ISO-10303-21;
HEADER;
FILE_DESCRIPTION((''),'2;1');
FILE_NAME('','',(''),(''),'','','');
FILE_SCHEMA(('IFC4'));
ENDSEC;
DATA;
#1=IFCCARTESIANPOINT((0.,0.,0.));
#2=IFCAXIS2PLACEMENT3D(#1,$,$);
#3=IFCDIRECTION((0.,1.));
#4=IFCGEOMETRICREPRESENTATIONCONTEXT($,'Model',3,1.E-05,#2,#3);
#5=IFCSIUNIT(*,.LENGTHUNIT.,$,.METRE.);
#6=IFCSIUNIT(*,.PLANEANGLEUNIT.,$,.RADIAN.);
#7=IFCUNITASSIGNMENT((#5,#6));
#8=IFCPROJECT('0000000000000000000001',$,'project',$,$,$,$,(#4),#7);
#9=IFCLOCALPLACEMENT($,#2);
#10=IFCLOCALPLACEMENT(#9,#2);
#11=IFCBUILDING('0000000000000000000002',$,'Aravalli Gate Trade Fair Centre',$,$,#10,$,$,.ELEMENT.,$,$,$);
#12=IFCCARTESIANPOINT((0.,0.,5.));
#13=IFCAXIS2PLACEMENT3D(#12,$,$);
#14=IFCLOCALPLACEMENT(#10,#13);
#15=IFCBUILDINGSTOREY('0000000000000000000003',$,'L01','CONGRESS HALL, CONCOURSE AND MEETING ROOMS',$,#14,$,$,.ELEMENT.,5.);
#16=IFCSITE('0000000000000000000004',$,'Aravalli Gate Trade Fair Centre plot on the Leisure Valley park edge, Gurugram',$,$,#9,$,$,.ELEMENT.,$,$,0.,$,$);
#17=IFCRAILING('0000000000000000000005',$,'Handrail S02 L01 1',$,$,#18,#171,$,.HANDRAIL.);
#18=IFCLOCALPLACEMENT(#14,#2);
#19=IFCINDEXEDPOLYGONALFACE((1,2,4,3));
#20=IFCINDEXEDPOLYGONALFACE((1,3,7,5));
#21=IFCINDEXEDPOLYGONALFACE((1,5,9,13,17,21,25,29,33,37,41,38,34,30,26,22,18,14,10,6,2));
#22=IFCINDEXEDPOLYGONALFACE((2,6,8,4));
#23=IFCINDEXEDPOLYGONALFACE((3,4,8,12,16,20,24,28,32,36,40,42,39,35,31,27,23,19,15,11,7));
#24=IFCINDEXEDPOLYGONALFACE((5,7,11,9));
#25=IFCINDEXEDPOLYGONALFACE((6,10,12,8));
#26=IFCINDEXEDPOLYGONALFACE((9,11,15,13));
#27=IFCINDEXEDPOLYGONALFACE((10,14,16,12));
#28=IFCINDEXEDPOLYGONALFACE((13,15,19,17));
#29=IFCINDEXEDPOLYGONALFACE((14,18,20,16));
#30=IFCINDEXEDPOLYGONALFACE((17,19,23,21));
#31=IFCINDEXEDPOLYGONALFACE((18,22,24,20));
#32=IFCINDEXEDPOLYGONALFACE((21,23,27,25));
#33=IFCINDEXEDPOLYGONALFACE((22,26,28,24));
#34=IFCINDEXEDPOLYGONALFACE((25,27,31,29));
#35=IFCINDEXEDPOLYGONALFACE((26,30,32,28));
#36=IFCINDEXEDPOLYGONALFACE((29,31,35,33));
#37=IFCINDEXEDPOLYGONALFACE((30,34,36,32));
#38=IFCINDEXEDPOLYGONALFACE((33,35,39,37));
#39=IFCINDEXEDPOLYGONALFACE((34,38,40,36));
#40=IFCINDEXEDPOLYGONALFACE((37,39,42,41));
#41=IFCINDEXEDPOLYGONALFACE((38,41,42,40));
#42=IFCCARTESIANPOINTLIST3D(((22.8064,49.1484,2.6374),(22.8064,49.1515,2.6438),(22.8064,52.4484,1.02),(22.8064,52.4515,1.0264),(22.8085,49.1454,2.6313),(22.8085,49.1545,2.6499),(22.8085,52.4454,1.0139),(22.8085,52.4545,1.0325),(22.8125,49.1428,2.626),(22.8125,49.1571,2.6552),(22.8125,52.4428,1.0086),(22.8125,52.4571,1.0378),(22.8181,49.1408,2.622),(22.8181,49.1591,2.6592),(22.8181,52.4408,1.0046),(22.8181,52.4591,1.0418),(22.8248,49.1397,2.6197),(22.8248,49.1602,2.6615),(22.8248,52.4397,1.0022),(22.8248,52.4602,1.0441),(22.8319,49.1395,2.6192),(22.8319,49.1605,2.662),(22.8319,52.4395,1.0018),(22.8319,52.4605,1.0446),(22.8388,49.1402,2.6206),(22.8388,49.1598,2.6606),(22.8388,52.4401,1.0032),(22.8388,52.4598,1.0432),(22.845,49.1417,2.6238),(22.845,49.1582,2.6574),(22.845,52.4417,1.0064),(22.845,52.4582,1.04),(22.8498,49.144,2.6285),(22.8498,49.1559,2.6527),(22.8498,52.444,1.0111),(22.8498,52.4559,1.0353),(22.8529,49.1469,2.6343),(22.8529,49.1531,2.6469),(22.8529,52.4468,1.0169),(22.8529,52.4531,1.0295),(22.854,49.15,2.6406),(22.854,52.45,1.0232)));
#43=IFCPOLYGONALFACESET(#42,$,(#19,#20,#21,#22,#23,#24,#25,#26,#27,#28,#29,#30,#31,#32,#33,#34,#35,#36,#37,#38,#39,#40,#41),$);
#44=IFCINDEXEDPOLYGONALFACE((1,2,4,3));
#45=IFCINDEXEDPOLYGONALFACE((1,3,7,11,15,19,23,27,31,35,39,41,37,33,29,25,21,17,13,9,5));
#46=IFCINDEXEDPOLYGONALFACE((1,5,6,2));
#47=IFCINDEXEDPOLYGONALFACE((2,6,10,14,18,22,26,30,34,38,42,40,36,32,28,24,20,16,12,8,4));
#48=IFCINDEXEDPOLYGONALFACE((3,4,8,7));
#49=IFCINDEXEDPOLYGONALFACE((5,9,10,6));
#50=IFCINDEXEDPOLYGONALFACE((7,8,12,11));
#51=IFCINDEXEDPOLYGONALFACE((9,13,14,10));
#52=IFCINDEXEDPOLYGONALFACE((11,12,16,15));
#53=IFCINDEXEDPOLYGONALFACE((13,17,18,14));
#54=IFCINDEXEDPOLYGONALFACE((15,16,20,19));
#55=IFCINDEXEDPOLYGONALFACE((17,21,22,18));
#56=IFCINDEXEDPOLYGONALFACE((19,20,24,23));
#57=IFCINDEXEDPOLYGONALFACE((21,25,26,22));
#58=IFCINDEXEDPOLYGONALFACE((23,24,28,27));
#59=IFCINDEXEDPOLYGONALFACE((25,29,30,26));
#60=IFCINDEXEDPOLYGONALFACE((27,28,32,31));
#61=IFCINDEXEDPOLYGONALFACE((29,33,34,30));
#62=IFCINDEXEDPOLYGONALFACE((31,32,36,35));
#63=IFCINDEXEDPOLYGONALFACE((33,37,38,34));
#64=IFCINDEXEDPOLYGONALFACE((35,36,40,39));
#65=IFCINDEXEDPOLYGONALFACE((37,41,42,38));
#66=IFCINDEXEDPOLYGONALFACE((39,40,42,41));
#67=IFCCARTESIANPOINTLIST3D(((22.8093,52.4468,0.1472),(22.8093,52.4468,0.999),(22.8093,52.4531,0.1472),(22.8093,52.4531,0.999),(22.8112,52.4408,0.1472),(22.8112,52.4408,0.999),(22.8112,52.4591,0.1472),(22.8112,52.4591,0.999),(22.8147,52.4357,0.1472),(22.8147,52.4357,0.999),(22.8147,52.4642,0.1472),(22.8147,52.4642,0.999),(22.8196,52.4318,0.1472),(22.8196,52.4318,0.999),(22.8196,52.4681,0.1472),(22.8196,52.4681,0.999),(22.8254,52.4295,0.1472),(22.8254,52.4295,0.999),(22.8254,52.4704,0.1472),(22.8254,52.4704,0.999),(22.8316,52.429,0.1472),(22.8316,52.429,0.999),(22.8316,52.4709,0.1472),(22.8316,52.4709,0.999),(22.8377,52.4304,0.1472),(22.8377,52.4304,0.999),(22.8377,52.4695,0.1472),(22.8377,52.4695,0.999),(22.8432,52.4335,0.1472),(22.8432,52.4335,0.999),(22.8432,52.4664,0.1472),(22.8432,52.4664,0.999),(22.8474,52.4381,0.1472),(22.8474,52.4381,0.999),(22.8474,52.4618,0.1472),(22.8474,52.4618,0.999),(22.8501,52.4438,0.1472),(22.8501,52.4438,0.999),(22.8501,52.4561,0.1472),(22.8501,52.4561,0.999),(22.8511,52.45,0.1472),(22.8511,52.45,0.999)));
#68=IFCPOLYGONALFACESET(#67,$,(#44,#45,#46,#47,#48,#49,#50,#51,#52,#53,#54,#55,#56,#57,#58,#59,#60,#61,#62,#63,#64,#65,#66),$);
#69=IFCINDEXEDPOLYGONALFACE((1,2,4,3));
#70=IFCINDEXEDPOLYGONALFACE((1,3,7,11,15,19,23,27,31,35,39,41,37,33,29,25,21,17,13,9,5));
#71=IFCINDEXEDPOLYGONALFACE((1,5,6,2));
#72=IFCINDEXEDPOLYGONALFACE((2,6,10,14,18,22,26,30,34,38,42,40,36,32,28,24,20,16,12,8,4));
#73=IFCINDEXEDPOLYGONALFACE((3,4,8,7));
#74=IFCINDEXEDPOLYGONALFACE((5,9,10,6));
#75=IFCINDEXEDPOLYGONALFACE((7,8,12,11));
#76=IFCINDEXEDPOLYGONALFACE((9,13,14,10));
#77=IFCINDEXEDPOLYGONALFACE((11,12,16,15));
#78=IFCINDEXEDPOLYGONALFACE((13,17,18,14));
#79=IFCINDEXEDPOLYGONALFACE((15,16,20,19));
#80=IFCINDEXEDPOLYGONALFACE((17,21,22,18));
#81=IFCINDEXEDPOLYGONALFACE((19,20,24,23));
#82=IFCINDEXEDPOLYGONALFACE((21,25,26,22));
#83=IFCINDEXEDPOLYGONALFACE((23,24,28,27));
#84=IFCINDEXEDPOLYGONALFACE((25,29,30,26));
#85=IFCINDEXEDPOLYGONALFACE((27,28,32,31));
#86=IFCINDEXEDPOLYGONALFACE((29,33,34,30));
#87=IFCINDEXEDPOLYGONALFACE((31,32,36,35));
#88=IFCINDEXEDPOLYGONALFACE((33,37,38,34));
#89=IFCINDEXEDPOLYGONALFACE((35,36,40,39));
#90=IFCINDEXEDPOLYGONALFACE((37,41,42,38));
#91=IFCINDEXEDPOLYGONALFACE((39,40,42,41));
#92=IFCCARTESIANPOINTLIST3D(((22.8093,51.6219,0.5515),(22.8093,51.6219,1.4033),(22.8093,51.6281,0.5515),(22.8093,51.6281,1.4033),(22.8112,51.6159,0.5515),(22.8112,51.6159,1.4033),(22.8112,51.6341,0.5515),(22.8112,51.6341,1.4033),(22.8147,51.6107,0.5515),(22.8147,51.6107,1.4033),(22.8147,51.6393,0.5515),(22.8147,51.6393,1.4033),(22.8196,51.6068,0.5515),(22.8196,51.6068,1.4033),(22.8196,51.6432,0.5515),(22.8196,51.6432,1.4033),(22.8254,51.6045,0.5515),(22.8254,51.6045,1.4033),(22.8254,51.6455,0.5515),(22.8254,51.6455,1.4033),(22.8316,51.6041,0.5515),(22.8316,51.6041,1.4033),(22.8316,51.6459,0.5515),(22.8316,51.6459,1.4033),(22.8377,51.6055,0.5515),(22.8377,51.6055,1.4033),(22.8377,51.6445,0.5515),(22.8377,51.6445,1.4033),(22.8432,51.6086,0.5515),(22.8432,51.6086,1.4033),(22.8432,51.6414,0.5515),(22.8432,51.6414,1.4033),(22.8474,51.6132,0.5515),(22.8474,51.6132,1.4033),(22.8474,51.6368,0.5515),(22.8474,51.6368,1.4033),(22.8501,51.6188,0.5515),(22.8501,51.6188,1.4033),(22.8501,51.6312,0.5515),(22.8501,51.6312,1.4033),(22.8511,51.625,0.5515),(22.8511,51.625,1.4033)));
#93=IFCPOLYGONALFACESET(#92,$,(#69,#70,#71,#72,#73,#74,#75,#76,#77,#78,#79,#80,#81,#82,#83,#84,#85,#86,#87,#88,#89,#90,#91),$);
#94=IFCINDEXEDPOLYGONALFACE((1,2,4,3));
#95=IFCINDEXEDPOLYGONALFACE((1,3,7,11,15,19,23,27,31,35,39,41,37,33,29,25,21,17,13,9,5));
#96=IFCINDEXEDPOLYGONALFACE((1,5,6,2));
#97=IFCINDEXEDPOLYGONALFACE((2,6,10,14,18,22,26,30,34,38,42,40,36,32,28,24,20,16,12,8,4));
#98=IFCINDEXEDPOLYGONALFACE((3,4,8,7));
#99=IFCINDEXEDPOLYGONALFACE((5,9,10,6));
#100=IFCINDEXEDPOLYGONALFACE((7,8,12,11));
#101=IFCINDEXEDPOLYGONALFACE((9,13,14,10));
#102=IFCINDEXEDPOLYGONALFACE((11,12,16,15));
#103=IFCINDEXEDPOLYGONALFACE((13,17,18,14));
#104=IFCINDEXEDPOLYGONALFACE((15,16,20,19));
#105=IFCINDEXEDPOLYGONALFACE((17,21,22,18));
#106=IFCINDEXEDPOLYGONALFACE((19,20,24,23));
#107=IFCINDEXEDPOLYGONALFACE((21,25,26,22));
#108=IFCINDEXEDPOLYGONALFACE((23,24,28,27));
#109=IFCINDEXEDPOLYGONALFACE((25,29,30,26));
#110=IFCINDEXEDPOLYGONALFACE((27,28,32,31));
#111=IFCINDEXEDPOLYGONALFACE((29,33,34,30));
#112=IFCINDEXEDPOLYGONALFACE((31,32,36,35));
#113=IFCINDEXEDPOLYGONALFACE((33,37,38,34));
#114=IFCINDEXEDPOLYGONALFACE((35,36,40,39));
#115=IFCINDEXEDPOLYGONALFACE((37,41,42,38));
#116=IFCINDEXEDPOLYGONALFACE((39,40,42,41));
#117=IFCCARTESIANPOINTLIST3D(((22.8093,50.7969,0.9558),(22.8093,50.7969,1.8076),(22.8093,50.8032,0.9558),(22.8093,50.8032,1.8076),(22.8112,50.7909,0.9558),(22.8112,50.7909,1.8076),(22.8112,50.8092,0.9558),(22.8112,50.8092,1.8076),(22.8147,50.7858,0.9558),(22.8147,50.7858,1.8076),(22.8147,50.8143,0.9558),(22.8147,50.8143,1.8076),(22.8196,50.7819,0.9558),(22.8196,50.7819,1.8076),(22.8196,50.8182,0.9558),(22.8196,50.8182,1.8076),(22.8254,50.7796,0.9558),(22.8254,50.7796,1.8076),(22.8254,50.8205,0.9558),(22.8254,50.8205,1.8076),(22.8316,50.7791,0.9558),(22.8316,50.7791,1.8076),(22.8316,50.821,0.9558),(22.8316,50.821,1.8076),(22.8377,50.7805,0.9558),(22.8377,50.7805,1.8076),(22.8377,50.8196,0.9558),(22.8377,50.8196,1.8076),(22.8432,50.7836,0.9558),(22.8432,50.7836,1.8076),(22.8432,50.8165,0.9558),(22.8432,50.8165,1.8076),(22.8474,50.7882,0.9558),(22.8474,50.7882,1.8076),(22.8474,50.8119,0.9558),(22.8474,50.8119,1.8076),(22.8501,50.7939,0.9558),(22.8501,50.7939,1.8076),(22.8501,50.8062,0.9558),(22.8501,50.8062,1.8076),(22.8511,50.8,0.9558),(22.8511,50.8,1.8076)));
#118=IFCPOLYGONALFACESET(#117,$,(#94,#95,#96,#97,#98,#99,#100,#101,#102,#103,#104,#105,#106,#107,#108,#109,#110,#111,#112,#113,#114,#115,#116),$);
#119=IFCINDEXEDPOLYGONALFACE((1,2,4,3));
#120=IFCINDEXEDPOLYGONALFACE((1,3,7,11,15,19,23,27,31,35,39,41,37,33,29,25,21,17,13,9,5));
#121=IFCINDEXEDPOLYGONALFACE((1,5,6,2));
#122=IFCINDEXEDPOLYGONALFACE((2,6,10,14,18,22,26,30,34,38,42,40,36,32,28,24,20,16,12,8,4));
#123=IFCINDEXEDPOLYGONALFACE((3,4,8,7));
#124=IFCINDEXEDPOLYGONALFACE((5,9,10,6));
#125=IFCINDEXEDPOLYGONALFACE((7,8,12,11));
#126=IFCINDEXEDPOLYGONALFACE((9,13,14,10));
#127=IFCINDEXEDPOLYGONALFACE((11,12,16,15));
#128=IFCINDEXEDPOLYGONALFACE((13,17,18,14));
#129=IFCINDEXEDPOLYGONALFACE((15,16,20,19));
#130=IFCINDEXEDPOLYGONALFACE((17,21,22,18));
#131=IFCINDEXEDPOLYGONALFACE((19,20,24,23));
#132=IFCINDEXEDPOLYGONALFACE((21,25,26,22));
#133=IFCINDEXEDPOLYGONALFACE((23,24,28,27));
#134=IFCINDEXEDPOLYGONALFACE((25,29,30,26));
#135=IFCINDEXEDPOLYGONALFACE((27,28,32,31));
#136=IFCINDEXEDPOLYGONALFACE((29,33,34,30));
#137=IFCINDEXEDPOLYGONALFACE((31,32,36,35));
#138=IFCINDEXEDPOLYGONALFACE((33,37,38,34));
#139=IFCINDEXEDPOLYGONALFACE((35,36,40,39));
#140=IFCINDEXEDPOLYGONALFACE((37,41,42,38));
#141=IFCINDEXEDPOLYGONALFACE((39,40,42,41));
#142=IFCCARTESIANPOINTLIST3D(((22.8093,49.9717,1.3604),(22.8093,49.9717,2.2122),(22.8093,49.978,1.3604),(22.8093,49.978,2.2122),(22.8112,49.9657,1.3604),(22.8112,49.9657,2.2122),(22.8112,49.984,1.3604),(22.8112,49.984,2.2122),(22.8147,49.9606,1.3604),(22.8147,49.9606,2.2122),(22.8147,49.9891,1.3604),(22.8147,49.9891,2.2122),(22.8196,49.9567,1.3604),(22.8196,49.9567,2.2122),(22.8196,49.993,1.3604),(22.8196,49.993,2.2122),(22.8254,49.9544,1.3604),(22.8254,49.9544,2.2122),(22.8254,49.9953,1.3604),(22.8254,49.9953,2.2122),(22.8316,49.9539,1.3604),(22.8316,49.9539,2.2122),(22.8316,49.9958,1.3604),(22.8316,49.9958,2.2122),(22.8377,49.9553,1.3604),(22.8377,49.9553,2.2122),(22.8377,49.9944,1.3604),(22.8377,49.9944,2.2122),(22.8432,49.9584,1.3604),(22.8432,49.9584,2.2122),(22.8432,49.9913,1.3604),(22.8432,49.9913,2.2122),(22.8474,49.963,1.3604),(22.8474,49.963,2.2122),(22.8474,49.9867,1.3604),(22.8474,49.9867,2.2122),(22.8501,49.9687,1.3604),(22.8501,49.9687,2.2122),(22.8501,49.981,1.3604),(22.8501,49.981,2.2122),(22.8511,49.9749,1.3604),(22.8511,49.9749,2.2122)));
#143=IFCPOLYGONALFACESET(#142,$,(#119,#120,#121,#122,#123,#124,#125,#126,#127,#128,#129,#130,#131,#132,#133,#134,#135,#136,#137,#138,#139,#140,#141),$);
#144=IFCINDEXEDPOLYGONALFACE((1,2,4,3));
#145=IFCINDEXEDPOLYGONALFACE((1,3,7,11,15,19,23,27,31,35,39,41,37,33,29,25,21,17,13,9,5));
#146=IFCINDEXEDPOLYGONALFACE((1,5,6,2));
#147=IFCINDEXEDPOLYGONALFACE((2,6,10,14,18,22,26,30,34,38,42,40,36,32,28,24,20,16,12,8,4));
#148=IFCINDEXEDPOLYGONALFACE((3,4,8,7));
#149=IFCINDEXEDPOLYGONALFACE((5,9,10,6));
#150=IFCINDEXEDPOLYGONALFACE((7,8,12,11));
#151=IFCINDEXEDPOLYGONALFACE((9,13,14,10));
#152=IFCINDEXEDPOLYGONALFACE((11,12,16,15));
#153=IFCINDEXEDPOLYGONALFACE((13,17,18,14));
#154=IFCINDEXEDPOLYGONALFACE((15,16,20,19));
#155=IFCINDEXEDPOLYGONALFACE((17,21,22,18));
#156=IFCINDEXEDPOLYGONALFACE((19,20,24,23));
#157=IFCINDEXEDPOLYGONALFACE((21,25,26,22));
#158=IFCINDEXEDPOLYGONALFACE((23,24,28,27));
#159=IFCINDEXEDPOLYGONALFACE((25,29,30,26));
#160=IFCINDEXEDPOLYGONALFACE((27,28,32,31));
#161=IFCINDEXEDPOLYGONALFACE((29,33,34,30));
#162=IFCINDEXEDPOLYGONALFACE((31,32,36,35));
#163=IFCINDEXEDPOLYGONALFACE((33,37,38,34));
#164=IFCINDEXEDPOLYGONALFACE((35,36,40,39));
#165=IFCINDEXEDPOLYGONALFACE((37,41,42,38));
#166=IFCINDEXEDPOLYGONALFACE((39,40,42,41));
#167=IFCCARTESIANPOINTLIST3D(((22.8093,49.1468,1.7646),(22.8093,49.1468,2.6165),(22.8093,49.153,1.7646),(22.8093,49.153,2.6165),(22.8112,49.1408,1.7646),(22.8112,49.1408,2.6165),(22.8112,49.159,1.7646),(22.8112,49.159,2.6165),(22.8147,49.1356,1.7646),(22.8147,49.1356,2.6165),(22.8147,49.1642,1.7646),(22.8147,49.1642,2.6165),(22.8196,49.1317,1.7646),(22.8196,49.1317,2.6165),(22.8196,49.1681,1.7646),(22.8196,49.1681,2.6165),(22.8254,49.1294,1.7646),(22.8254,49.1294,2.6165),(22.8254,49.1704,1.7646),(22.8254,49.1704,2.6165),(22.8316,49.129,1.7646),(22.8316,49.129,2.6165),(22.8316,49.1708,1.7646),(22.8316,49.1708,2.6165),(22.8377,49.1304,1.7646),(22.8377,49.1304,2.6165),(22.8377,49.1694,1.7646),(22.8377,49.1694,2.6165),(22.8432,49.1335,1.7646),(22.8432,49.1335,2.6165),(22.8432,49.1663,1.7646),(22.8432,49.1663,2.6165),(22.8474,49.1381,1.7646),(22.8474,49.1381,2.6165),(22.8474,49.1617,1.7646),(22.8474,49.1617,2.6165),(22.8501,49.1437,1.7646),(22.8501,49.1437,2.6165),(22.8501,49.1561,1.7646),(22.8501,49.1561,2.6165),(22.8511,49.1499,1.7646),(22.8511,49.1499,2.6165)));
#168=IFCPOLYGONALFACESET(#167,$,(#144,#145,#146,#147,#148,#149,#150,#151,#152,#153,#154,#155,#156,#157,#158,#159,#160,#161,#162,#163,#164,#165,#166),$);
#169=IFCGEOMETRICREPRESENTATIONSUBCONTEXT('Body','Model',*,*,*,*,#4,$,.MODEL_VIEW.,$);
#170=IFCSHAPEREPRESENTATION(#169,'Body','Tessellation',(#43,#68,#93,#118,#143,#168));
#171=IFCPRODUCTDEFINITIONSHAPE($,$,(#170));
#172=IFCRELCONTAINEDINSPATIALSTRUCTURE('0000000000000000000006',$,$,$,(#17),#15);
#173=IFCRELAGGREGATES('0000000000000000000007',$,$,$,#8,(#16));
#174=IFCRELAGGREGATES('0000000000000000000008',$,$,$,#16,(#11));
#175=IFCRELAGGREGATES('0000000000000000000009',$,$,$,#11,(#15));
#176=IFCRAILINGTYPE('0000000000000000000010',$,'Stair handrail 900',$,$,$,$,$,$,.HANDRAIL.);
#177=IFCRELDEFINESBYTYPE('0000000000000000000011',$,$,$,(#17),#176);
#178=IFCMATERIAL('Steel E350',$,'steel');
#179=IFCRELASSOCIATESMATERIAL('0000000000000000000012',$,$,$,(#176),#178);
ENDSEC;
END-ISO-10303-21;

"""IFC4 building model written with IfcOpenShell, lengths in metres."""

from ifc_helpers import new_model, si_unit, direction, frame, origin, origin_2d, place, context, subcontext, project, spatial, circle, extrude, material, type_object, element, save


model = new_model("IFC4")

# Units and contexts
model_context = context("Model", 3, precision=1e-05, world=origin(), true_north=direction((0.0, 1.0)))
body_context = subcontext(model_context, "Body", "Model", "MODEL_VIEW")
ifc_project = project(units=[si_unit("LENGTHUNIT", "METRE"), si_unit("PLANEANGLEUNIT", "RADIAN")], contexts=[model_context])

# Site, building, storey
site_placement = place(None, origin())
site = spatial("IfcSite", under=ifc_project, at=site_placement, Name="Aravalli Gate Trade Fair Centre plot on the Leisure Valley park edge, Gurugram", CompositionType="ELEMENT", RefElevation=0.0)
building_placement = place(site_placement, origin())
building = spatial("IfcBuilding", under=site, at=building_placement, Name="Aravalli Gate Trade Fair Centre", CompositionType="ELEMENT")
storey_placement = place(building_placement, frame((0.0, 0.0, 5.0)))
storey = spatial("IfcBuildingStorey", under=building, at=storey_placement, Name="L01", Description="CONGRESS HALL, CONCOURSE AND MEETING ROOMS", CompositionType="ELEMENT", Elevation=5.0)

# Railing
ifc_material_1 = material(Name="Steel E350", Category="steel")
railing_type = type_object("IfcRailingType", Name="Stair handrail 900", PredefinedType="HANDRAIL", material=ifc_material_1)
for number, where, name in (
    (1, (22.8301, 52.45, 0.1472), "Handrail S02 L01 1"),
):
    element("IfcRailing", number, at=place(storey_placement, frame(where)), inside=storey, type_object=railing_type, Name=name, PredefinedType="HANDRAIL", context=body_context, shape_type="SweptSolid", body=[
        extrude(circle(Radius=0.0239, at=origin_2d()), frame((0.0, 0.0, 0.876), z_axis=(0.0, -0.897946, 0.440105), x_axis=(1.0, 0.0, 0.0)), (0.0, 0.0, 1.0), 3.675),
        extrude(circle(Radius=0.021, at=origin_2d()), origin(), (0.0, 0.0, 1.0), 0.8518),
        extrude(circle(Radius=0.021, at=origin_2d()), frame((0.0, -0.825, 0.4043)), (0.0, 0.0, 1.0), 0.8518),
        extrude(circle(Radius=0.021, at=origin_2d()), frame((0.0, -1.6499, 0.8086)), (0.0, 0.0, 1.0), 0.8518),
        extrude(circle(Radius=0.021, at=origin_2d()), frame((0.0, -2.4751, 1.2131)), (0.0, 0.0, 1.0), 0.8518),
        extrude(circle(Radius=0.021, at=origin_2d()), frame((0.0, -3.3, 1.6174)), (0.0, 0.0, 1.0), 0.8518),
    ])

save(model, "model.ifc")
